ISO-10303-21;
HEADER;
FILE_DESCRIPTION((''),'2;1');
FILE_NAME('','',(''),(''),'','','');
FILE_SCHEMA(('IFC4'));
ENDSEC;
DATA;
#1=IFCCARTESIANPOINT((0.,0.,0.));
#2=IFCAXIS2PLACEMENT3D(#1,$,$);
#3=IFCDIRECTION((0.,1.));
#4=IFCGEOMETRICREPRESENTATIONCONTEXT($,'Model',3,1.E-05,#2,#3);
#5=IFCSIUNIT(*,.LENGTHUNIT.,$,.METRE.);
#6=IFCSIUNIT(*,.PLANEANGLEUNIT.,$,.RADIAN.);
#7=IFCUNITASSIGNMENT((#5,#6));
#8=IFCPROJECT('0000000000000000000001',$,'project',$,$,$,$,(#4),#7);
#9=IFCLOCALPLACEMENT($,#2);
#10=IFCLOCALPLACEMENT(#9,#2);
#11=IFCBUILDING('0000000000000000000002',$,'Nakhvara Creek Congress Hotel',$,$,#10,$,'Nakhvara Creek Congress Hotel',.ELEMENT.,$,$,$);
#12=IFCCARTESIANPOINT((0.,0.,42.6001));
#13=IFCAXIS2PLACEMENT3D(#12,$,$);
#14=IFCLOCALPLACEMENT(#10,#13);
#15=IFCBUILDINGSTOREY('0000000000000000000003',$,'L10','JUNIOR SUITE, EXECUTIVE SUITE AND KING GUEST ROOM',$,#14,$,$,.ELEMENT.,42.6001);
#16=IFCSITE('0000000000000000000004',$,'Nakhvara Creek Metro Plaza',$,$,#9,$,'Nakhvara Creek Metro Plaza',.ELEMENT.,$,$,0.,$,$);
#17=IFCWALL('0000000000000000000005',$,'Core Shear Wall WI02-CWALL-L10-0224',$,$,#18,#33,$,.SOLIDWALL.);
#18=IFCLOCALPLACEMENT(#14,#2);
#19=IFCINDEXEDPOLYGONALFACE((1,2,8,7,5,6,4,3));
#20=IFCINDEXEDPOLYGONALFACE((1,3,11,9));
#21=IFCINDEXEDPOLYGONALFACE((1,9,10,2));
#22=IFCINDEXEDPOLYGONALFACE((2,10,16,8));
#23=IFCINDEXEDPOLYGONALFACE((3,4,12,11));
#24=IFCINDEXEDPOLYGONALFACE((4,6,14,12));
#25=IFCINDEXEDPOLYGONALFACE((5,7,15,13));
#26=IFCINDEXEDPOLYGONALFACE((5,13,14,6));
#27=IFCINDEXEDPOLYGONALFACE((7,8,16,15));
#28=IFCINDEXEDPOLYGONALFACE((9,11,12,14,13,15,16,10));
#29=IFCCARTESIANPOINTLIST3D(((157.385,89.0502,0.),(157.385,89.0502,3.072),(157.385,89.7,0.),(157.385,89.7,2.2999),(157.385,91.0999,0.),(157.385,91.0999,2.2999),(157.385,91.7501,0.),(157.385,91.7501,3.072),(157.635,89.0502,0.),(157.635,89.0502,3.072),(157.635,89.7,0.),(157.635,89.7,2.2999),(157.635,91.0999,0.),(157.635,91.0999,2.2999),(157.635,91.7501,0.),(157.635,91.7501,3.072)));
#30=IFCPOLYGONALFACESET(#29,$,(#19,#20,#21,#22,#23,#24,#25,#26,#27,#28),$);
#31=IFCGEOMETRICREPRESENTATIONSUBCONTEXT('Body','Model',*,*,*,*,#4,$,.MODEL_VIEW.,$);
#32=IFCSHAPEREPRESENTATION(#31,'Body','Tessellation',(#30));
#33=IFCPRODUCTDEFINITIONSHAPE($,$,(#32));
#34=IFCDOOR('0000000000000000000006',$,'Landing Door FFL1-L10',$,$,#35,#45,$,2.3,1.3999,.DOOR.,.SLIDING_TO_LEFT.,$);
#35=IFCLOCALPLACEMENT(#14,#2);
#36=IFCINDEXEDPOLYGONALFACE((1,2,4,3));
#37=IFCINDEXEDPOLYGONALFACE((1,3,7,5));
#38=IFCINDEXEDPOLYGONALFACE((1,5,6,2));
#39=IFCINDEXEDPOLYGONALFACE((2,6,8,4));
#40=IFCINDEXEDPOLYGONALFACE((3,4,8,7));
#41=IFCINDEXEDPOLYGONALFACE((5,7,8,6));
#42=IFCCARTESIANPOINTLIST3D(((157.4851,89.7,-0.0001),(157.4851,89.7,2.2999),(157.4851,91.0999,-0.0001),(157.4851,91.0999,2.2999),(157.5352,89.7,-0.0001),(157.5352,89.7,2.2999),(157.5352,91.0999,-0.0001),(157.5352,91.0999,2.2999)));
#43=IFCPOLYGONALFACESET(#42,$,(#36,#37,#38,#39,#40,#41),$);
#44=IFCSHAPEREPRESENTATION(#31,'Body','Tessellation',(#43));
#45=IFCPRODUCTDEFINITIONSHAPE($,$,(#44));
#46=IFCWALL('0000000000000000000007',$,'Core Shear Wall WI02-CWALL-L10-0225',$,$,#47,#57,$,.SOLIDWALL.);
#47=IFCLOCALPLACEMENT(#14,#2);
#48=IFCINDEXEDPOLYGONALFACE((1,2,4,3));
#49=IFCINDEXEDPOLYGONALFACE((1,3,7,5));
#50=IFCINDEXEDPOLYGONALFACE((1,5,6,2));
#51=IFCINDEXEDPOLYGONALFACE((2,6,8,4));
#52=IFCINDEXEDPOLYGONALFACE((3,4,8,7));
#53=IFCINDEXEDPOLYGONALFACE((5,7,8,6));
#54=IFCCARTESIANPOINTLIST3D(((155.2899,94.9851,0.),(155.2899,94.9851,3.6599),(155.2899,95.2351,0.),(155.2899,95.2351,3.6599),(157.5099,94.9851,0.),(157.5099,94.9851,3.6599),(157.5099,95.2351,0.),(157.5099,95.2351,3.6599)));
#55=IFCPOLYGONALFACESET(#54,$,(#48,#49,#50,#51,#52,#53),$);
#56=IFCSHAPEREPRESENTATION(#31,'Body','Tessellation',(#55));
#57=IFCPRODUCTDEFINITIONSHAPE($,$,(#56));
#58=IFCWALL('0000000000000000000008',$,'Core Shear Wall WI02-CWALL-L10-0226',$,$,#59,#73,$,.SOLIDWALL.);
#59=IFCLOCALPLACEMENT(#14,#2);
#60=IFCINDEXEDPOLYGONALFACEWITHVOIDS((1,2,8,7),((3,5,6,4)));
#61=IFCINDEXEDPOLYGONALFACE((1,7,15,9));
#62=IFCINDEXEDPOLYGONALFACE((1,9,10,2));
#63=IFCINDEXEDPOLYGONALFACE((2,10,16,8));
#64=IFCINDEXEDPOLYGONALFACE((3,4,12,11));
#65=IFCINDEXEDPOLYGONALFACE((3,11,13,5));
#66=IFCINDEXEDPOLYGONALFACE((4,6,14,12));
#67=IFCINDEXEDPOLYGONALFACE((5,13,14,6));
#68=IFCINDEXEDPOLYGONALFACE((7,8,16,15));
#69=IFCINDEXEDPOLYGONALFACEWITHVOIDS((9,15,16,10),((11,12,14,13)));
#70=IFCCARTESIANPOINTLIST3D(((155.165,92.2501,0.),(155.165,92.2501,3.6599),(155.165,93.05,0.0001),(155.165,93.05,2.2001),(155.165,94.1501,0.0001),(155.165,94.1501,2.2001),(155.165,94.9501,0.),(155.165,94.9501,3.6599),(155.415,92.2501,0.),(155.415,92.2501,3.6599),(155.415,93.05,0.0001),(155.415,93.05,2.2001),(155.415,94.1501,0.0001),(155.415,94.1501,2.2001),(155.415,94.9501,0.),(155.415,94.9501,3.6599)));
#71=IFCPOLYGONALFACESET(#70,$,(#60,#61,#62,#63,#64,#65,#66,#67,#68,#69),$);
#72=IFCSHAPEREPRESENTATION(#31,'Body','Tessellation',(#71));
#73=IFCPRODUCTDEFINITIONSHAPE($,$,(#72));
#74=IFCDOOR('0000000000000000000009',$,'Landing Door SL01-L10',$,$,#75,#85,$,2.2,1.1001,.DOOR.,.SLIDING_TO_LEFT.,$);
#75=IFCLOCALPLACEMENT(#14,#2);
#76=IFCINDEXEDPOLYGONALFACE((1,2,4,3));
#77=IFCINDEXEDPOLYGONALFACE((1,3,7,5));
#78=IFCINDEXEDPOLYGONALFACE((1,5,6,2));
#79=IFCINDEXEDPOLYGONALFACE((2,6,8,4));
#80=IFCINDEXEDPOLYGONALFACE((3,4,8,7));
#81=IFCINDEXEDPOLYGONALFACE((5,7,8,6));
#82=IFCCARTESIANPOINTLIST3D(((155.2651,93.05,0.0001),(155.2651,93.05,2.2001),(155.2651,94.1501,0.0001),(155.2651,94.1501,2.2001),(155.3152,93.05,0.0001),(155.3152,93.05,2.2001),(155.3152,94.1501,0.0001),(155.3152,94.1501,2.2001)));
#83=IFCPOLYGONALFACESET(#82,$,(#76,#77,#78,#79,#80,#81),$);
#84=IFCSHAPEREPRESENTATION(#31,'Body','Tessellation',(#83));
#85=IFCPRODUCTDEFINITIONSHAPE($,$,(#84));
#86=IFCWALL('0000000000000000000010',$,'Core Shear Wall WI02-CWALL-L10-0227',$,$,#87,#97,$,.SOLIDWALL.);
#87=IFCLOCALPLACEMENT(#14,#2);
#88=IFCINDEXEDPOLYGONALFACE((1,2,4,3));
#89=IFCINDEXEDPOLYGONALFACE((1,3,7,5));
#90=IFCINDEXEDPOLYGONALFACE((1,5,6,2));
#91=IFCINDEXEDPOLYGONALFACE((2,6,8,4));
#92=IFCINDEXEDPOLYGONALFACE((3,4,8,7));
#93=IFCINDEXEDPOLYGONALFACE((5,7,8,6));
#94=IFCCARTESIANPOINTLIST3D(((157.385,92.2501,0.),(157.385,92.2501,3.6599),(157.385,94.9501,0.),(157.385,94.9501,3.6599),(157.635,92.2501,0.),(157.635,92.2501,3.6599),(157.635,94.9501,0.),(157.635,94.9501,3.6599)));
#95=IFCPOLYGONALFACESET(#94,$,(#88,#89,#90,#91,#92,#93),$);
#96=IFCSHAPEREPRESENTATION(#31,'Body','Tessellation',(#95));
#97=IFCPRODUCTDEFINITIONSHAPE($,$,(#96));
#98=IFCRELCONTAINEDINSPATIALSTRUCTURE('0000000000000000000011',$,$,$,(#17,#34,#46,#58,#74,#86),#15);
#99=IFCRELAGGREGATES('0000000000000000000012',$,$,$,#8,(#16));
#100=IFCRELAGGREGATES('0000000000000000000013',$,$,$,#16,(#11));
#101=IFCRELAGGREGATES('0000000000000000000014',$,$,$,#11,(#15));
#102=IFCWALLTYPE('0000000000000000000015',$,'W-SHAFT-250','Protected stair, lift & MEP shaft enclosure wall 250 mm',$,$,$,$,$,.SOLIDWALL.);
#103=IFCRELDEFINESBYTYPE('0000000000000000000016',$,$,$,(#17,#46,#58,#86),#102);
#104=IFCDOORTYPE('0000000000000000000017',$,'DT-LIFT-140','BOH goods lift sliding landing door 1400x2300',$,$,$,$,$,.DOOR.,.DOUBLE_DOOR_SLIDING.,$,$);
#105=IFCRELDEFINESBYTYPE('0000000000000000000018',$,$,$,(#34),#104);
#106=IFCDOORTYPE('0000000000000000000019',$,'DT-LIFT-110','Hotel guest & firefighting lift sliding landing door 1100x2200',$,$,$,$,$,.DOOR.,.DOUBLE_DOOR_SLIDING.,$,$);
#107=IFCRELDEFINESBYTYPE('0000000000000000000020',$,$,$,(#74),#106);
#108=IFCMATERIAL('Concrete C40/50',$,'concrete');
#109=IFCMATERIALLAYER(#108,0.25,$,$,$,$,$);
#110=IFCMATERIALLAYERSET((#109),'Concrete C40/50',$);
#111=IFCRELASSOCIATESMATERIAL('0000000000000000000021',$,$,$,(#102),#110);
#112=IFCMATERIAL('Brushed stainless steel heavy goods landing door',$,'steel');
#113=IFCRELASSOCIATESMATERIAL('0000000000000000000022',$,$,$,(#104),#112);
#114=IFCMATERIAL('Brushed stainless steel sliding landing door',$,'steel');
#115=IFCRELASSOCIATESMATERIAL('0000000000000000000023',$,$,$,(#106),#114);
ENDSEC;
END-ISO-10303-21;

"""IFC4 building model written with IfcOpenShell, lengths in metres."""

from ifc_helpers import new_model, si_unit, direction, frame, frame_2d, origin, place, context, subcontext, project, spatial, rectangle, extrude, material, layer, layer_set, type_object, element, fill, save


model = new_model("IFC4")

# Units and contexts
model_context = context("Model", 3, precision=1e-05, world=origin(), true_north=direction((0.0, 1.0)))
body_context = subcontext(model_context, "Body", "Model", "MODEL_VIEW")
ifc_project = project(units=[si_unit("LENGTHUNIT", "METRE"), si_unit("PLANEANGLEUNIT", "RADIAN")], contexts=[model_context])

# Site, building, storey
site_placement = place(None, origin())
site = spatial("IfcSite", under=ifc_project, at=site_placement, Name="Nakhvara Creek Metro Plaza", LongName="Nakhvara Creek Metro Plaza", CompositionType="ELEMENT", RefElevation=0.0)
building_placement = place(site_placement, origin())
building = spatial("IfcBuilding", under=site, at=building_placement, Name="Nakhvara Creek Congress Hotel", LongName="Nakhvara Creek Congress Hotel", CompositionType="ELEMENT")
storey_placement = place(building_placement, frame((0.0, 0.0, 42.6001)))
storey = spatial("IfcBuildingStorey", under=building, at=storey_placement, Name="L10", Description="JUNIOR SUITE, EXECUTIVE SUITE AND KING GUEST ROOM", CompositionType="ELEMENT", Elevation=42.6001)

# Shared definitions
ifc_material_1 = material(Name="Concrete C40/50", Category="concrete")

# Shared definitions
ifc_layer_1 = layer(ifc_material_1, 0.25)
ifc_layer_set_1 = layer_set([ifc_layer_1], Name="Concrete C40/50")
wall_type_1 = type_object("IfcWallType", Name="W-SHAFT-250", Description="Protected stair, lift & MEP shaft enclosure wall 250 mm", PredefinedType="SOLIDWALL", material=ifc_layer_set_1)

# Wall, opening, door
wall_1_placement = place(storey_placement, frame((157.51, 89.05, 0.0), z_axis=(0.0, 0.0, 1.0), x_axis=(0.0, 1.0, 0.0)))
wall_1 = element("IfcWall", 1, at=wall_1_placement, inside=storey, type_object=wall_type_1, Name="Core Shear Wall WI02-CWALL-L10-0224", PredefinedType="SOLIDWALL", context=body_context, shape_type="SweptSolid", body=[
    extrude(rectangle(XDim=2.7, YDim=0.25, at=frame_2d((1.3501, 0.0))), origin(), (0.0, 0.0, 1.0), 3.072),
])
opening_1_placement = place(wall_1_placement, frame((0.6499, 0.0, 0.0)))
opening_1 = element("IfcOpeningElement", 2, at=opening_1_placement, cuts=wall_1, PredefinedType="OPENING", context=body_context, shape_type="SweptSolid", body=[
    extrude(rectangle(XDim=1.3999, YDim=2.3, at=frame_2d((0.7, 1.1499))), frame((0.0, 0.137, 0.0), z_axis=(0.0, -1.0, 0.0), x_axis=(1.0, 0.0, 0.0)), (0.0, 0.0, 1.0), 0.2739),
])
ifc_material_2 = material(Name="Brushed stainless steel heavy goods landing door", Category="steel")
door_type_1 = type_object("IfcDoorType", Name="DT-LIFT-140", Description="BOH goods lift sliding landing door 1400x2300", OperationType="DOUBLE_DOOR_SLIDING", PredefinedType="DOOR", material=ifc_material_2)
door_1_placement = place(opening_1_placement, origin())
door_1 = element("IfcDoor", 3, at=door_1_placement, inside=storey, type_object=door_type_1, Name="Landing Door FFL1-L10", OperationType="SLIDING_TO_LEFT", OverallHeight=2.3, OverallWidth=1.3999, PredefinedType="DOOR", context=body_context, shape_type="SweptSolid", body=[
    extrude(rectangle(XDim=1.3999, YDim=2.3, at=frame_2d((0.7, 1.1499))), frame((0.0, 0.0249, 0.0), z_axis=(0.0, -1.0, 0.0), x_axis=(1.0, 0.0, 0.0)), (0.0, 0.0, 1.0), 0.05),
])
fill(opening_1, door_1)

# Wall
wall_2_placement = place(storey_placement, frame((155.29, 95.1101, 0.0), z_axis=(0.0, 0.0, 1.0), x_axis=(1.0, 0.0, 0.0)))
element("IfcWall", 4, at=wall_2_placement, inside=storey, type_object=wall_type_1, Name="Core Shear Wall WI02-CWALL-L10-0225", PredefinedType="SOLIDWALL", context=body_context, shape_type="SweptSolid", body=[
    extrude(rectangle(XDim=2.22, YDim=0.25, at=frame_2d((1.1099, 0.0))), origin(), (0.0, 0.0, 1.0), 3.6599),
])

# Wall, opening, door
wall_3_placement = place(storey_placement, frame((155.29, 92.25, 0.0), z_axis=(0.0, 0.0, 1.0), x_axis=(0.0, 1.0, 0.0)))
wall_3 = element("IfcWall", 5, at=wall_3_placement, inside=storey, type_object=wall_type_1, Name="Core Shear Wall WI02-CWALL-L10-0226", PredefinedType="SOLIDWALL", context=body_context, shape_type="SweptSolid", body=[
    extrude(rectangle(XDim=2.7, YDim=0.25, at=frame_2d((1.3501, 0.0))), origin(), (0.0, 0.0, 1.0), 3.6599),
])
opening_2_placement = place(wall_3_placement, frame((0.8, 0.0, 0.0)))
opening_2 = element("IfcOpeningElement", 6, at=opening_2_placement, cuts=wall_3, PredefinedType="OPENING", context=body_context, shape_type="SweptSolid", body=[
    extrude(rectangle(XDim=1.1001, YDim=2.2, at=frame_2d((0.55, 1.1001))), frame((0.0, 0.137, 0.0), z_axis=(0.0, -1.0, 0.0), x_axis=(1.0, 0.0, 0.0)), (0.0, 0.0, 1.0), 0.2739),
])
ifc_material_3 = material(Name="Brushed stainless steel sliding landing door", Category="steel")
door_type_2 = type_object("IfcDoorType", Name="DT-LIFT-110", Description="Hotel guest & firefighting lift sliding landing door 1100x2200", OperationType="DOUBLE_DOOR_SLIDING", PredefinedType="DOOR", material=ifc_material_3)
door_2_placement = place(opening_2_placement, origin())
door_2 = element("IfcDoor", 7, at=door_2_placement, inside=storey, type_object=door_type_2, Name="Landing Door SL01-L10", OperationType="SLIDING_TO_LEFT", OverallHeight=2.2, OverallWidth=1.1001, PredefinedType="DOOR", context=body_context, shape_type="SweptSolid", body=[
    extrude(rectangle(XDim=1.1001, YDim=2.2, at=frame_2d((0.55, 1.1001))), frame((0.0, 0.0249, 0.0), z_axis=(0.0, -1.0, 0.0), x_axis=(1.0, 0.0, 0.0)), (0.0, 0.0, 1.0), 0.05),
])
fill(opening_2, door_2)

# Wall
wall_4_placement = place(storey_placement, frame((157.51, 92.25, 0.0), z_axis=(0.0, 0.0, 1.0), x_axis=(0.0, 1.0, 0.0)))
element("IfcWall", 8, at=wall_4_placement, inside=storey, type_object=wall_type_1, Name="Core Shear Wall WI02-CWALL-L10-0227", PredefinedType="SOLIDWALL", context=body_context, shape_type="SweptSolid", body=[
    extrude(rectangle(XDim=2.7, YDim=0.25, at=frame_2d((1.3501, 0.0))), origin(), (0.0, 0.0, 1.0), 3.6599),
])

save(model, "model.ifc")
